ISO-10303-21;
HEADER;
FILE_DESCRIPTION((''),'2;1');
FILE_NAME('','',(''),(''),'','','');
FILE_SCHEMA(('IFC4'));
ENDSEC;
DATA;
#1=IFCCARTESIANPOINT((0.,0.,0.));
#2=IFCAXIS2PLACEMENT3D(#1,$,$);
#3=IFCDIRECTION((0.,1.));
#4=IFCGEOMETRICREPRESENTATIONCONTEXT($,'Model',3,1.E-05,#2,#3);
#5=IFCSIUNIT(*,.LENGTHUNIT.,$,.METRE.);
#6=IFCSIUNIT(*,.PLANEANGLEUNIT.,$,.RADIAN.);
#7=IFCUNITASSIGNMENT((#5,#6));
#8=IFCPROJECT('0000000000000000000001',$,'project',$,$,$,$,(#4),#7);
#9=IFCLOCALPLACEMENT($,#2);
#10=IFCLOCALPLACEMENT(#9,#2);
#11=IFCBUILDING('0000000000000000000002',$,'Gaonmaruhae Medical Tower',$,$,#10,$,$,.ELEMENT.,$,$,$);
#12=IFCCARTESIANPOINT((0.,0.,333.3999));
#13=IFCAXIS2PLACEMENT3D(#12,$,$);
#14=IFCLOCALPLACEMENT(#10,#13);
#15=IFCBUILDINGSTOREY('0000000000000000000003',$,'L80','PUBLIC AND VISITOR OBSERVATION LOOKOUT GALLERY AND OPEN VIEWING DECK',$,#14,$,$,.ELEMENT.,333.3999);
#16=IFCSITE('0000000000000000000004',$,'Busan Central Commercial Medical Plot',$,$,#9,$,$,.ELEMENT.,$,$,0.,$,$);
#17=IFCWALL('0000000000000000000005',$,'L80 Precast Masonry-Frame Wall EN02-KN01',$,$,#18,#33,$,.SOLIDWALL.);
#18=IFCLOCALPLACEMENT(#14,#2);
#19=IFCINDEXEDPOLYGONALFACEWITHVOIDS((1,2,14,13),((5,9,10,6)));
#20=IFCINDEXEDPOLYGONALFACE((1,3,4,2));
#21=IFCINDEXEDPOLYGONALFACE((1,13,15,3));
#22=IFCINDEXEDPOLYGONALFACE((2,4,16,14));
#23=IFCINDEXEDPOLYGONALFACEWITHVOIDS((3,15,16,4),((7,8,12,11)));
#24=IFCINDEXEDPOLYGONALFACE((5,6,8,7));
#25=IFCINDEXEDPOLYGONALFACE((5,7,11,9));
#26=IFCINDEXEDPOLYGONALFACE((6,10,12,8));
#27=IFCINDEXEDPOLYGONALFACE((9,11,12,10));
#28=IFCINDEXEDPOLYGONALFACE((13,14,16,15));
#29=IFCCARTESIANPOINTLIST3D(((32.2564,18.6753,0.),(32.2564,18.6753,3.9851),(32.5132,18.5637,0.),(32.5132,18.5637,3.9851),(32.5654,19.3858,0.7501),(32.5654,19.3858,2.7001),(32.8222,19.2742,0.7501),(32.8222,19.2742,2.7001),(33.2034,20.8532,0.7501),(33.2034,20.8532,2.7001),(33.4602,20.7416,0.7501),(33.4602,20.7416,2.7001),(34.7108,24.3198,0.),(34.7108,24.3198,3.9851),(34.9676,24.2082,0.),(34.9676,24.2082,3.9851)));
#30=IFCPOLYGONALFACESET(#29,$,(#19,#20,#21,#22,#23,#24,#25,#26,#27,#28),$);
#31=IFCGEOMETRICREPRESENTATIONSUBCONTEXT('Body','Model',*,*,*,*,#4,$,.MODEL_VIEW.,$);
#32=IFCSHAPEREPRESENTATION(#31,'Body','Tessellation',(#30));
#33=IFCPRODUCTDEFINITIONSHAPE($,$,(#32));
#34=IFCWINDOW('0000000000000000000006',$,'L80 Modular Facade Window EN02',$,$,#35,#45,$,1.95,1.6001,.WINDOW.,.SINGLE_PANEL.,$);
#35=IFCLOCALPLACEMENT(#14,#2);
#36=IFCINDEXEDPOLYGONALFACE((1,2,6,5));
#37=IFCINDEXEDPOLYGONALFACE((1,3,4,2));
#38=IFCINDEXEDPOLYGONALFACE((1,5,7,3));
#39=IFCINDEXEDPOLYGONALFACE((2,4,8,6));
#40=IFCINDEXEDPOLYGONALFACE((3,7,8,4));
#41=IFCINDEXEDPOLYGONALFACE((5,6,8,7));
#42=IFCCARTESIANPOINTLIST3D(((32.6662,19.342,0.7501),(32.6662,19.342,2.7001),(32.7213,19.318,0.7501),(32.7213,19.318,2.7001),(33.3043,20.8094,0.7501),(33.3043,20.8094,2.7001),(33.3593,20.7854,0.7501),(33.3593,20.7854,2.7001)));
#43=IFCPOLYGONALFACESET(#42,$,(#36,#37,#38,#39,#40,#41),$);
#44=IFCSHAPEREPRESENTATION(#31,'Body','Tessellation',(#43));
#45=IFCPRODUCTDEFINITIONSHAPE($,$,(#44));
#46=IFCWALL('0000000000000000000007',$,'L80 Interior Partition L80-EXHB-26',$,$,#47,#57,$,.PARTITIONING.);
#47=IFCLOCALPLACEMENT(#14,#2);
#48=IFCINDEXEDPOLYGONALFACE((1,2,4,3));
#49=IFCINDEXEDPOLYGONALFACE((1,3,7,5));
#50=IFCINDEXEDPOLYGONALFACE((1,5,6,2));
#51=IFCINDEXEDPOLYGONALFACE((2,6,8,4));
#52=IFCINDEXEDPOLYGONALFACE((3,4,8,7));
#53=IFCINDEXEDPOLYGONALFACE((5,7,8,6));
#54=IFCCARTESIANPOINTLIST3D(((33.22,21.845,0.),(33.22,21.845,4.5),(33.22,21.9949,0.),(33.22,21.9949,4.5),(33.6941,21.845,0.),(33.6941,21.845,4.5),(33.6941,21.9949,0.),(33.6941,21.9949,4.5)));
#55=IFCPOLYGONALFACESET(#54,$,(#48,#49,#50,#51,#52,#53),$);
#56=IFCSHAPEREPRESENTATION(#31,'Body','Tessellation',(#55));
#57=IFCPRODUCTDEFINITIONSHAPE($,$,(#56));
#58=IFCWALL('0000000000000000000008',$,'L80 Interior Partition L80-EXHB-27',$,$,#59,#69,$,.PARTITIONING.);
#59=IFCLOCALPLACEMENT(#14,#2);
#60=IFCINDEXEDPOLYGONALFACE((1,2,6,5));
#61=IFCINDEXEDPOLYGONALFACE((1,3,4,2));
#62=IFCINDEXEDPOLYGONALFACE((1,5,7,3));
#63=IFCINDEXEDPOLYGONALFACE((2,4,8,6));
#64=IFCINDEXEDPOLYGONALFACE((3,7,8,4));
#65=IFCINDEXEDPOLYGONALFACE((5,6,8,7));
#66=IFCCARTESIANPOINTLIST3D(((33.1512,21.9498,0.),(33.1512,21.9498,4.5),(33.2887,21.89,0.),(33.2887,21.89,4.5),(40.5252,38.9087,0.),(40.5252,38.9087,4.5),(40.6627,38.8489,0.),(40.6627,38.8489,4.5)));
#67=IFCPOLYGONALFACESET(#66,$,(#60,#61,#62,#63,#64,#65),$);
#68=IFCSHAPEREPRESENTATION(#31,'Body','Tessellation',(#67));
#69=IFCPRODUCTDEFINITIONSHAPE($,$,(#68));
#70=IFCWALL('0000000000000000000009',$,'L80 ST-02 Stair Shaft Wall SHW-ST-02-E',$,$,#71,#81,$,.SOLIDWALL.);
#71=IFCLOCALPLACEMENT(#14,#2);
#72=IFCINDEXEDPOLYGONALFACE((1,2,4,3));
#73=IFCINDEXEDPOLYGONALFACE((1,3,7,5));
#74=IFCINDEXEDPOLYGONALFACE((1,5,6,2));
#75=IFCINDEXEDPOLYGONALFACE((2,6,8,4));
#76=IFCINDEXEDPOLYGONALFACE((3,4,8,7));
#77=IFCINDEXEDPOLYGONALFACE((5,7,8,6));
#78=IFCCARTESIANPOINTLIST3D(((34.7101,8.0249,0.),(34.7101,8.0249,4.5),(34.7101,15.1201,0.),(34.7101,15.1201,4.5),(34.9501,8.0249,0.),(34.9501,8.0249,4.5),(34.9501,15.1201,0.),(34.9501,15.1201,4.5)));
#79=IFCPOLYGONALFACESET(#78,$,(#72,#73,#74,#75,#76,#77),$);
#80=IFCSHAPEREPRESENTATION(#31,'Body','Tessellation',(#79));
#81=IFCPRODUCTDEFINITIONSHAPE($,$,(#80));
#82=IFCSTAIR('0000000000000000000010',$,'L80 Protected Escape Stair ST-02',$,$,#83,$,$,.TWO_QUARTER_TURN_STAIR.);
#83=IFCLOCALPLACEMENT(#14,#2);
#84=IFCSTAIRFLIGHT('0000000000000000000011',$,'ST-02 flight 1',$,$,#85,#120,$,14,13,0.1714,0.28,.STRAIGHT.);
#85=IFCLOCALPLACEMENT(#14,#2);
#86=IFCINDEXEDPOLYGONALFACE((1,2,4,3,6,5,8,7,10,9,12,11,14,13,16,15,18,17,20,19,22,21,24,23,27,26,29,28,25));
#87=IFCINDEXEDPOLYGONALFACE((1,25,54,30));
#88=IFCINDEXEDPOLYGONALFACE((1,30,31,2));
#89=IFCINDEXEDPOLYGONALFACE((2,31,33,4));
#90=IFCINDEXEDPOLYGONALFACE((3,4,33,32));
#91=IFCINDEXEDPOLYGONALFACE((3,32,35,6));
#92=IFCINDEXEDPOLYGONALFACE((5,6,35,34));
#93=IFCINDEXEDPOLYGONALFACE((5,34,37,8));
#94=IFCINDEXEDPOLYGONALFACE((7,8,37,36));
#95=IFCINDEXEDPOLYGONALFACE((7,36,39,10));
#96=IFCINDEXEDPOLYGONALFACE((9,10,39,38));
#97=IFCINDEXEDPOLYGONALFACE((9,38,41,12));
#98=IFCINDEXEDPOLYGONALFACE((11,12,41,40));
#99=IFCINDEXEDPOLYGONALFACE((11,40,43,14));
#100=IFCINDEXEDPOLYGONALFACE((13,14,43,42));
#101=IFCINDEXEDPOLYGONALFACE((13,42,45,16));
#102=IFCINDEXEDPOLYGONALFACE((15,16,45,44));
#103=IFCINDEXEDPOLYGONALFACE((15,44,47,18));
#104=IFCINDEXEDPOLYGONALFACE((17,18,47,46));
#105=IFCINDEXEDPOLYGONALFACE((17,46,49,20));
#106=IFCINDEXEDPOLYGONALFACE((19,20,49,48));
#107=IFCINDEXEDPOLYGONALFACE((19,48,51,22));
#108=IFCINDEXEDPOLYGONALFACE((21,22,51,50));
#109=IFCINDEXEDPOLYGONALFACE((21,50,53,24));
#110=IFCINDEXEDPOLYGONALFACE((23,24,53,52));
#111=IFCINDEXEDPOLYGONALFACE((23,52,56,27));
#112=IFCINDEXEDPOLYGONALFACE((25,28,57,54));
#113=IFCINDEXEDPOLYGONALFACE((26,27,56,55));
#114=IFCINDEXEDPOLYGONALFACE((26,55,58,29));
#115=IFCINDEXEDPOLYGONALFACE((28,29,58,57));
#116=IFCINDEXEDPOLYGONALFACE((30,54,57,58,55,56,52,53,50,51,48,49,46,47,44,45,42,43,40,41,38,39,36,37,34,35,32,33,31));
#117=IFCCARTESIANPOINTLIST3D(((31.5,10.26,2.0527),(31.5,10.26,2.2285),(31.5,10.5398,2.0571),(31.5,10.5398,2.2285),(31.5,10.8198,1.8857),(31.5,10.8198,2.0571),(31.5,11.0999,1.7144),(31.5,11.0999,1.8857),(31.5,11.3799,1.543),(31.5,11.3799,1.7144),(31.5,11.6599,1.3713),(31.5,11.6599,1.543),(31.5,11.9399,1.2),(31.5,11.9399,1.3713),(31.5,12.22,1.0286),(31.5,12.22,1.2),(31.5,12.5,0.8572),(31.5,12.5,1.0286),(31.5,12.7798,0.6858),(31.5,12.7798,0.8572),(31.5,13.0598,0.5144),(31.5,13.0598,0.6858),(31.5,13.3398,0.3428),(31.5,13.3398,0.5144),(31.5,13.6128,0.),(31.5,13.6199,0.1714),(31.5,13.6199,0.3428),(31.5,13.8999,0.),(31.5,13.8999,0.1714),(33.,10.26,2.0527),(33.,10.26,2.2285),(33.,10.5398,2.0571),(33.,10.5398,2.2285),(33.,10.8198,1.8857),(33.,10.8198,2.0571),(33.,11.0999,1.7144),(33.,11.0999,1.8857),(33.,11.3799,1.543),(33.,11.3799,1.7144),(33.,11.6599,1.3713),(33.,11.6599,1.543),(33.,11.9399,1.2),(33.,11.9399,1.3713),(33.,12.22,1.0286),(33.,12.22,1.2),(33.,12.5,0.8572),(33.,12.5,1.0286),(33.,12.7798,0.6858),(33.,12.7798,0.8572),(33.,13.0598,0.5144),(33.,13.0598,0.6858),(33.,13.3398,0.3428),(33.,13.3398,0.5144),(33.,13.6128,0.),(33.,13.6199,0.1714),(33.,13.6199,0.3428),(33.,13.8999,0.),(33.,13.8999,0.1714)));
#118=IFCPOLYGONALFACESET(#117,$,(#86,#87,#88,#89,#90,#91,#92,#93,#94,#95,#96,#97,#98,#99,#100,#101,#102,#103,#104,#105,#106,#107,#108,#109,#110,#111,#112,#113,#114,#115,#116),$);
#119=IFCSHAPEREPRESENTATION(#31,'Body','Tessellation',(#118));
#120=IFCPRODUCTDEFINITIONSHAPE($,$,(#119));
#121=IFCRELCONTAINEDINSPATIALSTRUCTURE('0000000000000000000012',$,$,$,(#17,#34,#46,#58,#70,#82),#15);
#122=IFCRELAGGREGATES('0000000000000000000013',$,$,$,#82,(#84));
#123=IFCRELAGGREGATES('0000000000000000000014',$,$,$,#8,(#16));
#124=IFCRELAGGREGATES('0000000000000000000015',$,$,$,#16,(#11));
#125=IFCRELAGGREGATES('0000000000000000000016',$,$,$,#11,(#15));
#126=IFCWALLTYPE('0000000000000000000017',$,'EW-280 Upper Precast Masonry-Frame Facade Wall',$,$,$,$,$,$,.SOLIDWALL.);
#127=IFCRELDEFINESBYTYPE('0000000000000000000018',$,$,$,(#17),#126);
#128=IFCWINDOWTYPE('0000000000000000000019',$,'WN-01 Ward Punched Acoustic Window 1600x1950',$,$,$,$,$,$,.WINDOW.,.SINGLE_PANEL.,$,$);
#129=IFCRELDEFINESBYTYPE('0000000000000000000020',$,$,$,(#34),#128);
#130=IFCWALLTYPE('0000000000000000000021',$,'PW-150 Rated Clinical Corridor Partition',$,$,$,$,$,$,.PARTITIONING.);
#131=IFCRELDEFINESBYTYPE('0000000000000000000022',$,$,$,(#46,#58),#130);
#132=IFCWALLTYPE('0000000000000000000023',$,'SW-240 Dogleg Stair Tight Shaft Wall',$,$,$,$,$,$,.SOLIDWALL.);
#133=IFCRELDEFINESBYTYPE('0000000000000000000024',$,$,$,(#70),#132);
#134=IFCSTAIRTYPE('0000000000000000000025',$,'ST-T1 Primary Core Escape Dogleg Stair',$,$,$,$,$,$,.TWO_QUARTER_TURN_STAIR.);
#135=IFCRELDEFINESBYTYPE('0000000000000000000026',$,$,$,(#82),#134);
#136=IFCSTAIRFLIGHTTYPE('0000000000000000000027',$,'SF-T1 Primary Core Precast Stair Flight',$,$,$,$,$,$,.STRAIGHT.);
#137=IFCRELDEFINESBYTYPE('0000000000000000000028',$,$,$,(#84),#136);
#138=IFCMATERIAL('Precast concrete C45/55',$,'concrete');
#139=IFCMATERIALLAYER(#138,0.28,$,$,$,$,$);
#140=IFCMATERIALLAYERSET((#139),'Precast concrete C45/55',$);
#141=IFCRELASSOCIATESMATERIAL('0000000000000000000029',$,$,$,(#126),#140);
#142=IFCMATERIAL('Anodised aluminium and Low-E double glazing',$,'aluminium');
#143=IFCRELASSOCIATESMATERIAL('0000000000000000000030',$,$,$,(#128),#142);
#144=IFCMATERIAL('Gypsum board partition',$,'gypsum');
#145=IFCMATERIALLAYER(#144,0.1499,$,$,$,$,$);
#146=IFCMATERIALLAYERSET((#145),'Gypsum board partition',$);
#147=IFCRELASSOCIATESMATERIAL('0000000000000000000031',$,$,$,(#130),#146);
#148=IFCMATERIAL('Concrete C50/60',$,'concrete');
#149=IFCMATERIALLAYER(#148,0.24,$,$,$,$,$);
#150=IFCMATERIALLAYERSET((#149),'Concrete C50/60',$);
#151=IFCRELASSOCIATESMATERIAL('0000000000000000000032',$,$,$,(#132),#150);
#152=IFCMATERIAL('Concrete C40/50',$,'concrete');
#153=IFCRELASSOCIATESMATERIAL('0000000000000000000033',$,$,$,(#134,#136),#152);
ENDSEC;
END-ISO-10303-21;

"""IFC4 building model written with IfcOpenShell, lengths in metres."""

from ifc_helpers import new_model, si_unit, direction, frame, frame_2d, origin, place, context, subcontext, project, spatial, polyline, rectangle, outline, extrude, material, layer, layer_set, type_object, element, fill, aggregate, save


model = new_model("IFC4")

# Units and contexts
model_context = context("Model", 3, precision=1e-05, world=origin(), true_north=direction((0.0, 1.0)))
body_context = subcontext(model_context, "Body", "Model", "MODEL_VIEW")
ifc_project = project(units=[si_unit("LENGTHUNIT", "METRE"), si_unit("PLANEANGLEUNIT", "RADIAN")], contexts=[model_context])

# Site, building, storey
site_placement = place(None, origin())
site = spatial("IfcSite", under=ifc_project, at=site_placement, Name="Busan Central Commercial Medical Plot", CompositionType="ELEMENT", RefElevation=0.0)
building_placement = place(site_placement, origin())
building = spatial("IfcBuilding", under=site, at=building_placement, Name="Gaonmaruhae Medical Tower", CompositionType="ELEMENT")
storey_placement = place(building_placement, frame((0.0, 0.0, 333.3999)))
storey = spatial("IfcBuildingStorey", under=building, at=storey_placement, Name="L80", Description="PUBLIC AND VISITOR OBSERVATION LOOKOUT GALLERY AND OPEN VIEWING DECK", CompositionType="ELEMENT", Elevation=333.3999)

# Shared definitions
ifc_material_1 = material(Name="Concrete C50/60", Category="concrete")

# Shared definitions
ifc_material_2 = material(Name="Precast concrete C45/55", Category="concrete")
ifc_layer_1 = layer(ifc_material_2, 0.28)
ifc_layer_set_1 = layer_set([ifc_layer_1], Name="Precast concrete C45/55")
wall_type_1 = type_object("IfcWallType", Name="EW-280 Upper Precast Masonry-Frame Facade Wall", PredefinedType="SOLIDWALL", material=ifc_layer_set_1)
ifc_material_3 = material(Name="Anodised aluminium and Low-E double glazing", Category="aluminium")

# Wall, opening, window
wall_1_placement = place(storey_placement, frame((32.3848, 18.6194, 0.0), z_axis=(0.0, 0.0, 1.0), x_axis=(0.398754, 0.917058, 0.0)))
wall_1 = element("IfcWall", 1, at=wall_1_placement, inside=storey, type_object=wall_type_1, Name="L80 Precast Masonry-Frame Wall EN02-KN01", PredefinedType="SOLIDWALL", context=body_context, shape_type="SweptSolid", body=[
    extrude(rectangle(XDim=6.155, YDim=0.28, at=frame_2d((3.0776, 0.0))), origin(), (0.0, 0.0, 1.0), 3.9851),
])
opening_1_placement = place(wall_1_placement, frame((0.7749, 0.0, 0.75)))
opening_1 = element("IfcOpeningElement", 2, at=opening_1_placement, cuts=wall_1, PredefinedType="OPENING", context=body_context, shape_type="SweptSolid", body=[
    extrude(rectangle(XDim=1.6001, YDim=1.95, at=frame_2d((0.8, 0.9751))), frame((0.0, 0.1499, 0.0), z_axis=(0.0, -1.0, 0.0), x_axis=(1.0, 0.0, 0.0)), (0.0, 0.0, 1.0), 0.3),
])
window_type_1 = type_object("IfcWindowType", Name="WN-01 Ward Punched Acoustic Window 1600x1950", PartitioningType="SINGLE_PANEL", PredefinedType="WINDOW", material=ifc_material_3)
window_1_placement = place(opening_1_placement, origin())
window_1 = element("IfcWindow", 3, at=window_1_placement, inside=storey, type_object=window_type_1, Name="L80 Modular Facade Window EN02", OverallHeight=1.95, OverallWidth=1.6001, PartitioningType="SINGLE_PANEL", PredefinedType="WINDOW", context=body_context, shape_type="SweptSolid", body=[
    extrude(rectangle(XDim=1.6001, YDim=1.95, at=frame_2d((0.8, 0.9751))), frame((0.0, 0.03, 0.0), z_axis=(0.0, -1.0, 0.0), x_axis=(1.0, 0.0, 0.0)), (0.0, 0.0, 1.0), 0.0601),
])
fill(opening_1, window_1)

# Walls
ifc_material_4 = material(Name="Gypsum board partition", Category="gypsum")
ifc_layer_2 = layer(ifc_material_4, 0.1499)
ifc_layer_set_2 = layer_set([ifc_layer_2], Name="Gypsum board partition")
wall_type_2 = type_object("IfcWallType", Name="PW-150 Rated Clinical Corridor Partition", PredefinedType="PARTITIONING", material=ifc_layer_set_2)
wall_2_placement = place(storey_placement, frame((33.6941, 21.9199, 0.0), z_axis=(0.0, 0.0, 1.0), x_axis=(-1.0, 0.0, 0.0)))
element("IfcWall", 4, at=wall_2_placement, inside=storey, type_object=wall_type_2, Name="L80 Interior Partition L80-EXHB-26", PredefinedType="PARTITIONING", context=body_context, shape_type="SweptSolid", body=[
    extrude(rectangle(XDim=0.4741, YDim=0.1499, at=frame_2d((0.2371, 0.0))), origin(), (0.0, 0.0, 1.0), 4.5),
])
wall_3_placement = place(storey_placement, frame((33.22, 21.9199, 0.0), z_axis=(0.0, 0.0, 1.0), x_axis=(0.398751, 0.917059, 0.0)))
element("IfcWall", 5, at=wall_3_placement, inside=storey, type_object=wall_type_2, Name="L80 Interior Partition L80-EXHB-27", PredefinedType="PARTITIONING", context=body_context, shape_type="SweptSolid", body=[
    extrude(rectangle(XDim=18.4927, YDim=0.1499, at=frame_2d((9.2463, 0.0))), origin(), (0.0, 0.0, 1.0), 4.5),
])

# Shared definitions
ifc_layer_3 = layer(ifc_material_1, 0.24)
ifc_layer_set_3 = layer_set([ifc_layer_3], Name="Concrete C50/60")
wall_type_3 = type_object("IfcWallType", Name="SW-240 Dogleg Stair Tight Shaft Wall", PredefinedType="SOLIDWALL", material=ifc_layer_set_3)

# Wall
wall_4_placement = place(storey_placement, frame((34.8301, 15.1201, 0.0), z_axis=(0.0, 0.0, 1.0), x_axis=(0.0, -1.0, 0.0)))
element("IfcWall", 6, at=wall_4_placement, inside=storey, type_object=wall_type_3, Name="L80 ST-02 Stair Shaft Wall SHW-ST-02-E", PredefinedType="SOLIDWALL", context=body_context, shape_type="SweptSolid", body=[
    extrude(rectangle(XDim=7.0952, YDim=0.24, at=frame_2d((3.5476, 0.0))), origin(), (0.0, 0.0, 1.0), 4.5),
])

# Stair, stair flight
ifc_material_5 = material(Name="Concrete C40/50", Category="concrete")
stair_type = type_object("IfcStairType", Name="ST-T1 Primary Core Escape Dogleg Stair", PredefinedType="TWO_QUARTER_TURN_STAIR", material=ifc_material_5)
stair_placement = place(storey_placement, origin())
stair = element("IfcStair", 7, at=stair_placement, inside=storey, type_object=stair_type, Name="L80 Protected Escape Stair ST-02", PredefinedType="TWO_QUARTER_TURN_STAIR")
stair_flight_type = type_object("IfcStairFlightType", Name="SF-T1 Primary Core Precast Stair Flight", PredefinedType="STRAIGHT", material=ifc_material_5)
stair_flight_placement = place(storey_placement, frame((32.25, 13.8999, 0.0), z_axis=(0.0, 0.0, 1.0), x_axis=(0.0, -1.0, 0.0)))
stair_flight = element("IfcStairFlight", 8, at=stair_flight_placement, type_object=stair_flight_type, Name="ST-02 flight 1", NumberOfRisers=14, NumberOfTreads=13, PredefinedType="STRAIGHT", RiserHeight=0.1714, TreadLength=0.28, context=body_context, shape_type="SweptSolid", body=[
    extrude(outline(polyline([(0.0, 0.0), (0.0, 0.1714), (0.28, 0.1714), (0.28, 0.3428), (0.5601, 0.3428), (0.5601, 0.5144), (0.8401, 0.5144), (0.8401, 0.6858), (1.1201, 0.6858), (1.1201, 0.8572), (1.3999, 0.8572), (1.3999, 1.0286), (1.6799, 1.0286), (1.6799, 1.2), (1.96, 1.2), (1.96, 1.3713), (2.24, 1.3713), (2.24, 1.543), (2.52, 1.543), (2.52, 1.7144), (2.8, 1.7144), (2.8, 1.8857), (3.0801, 1.8857), (3.0801, 2.0571), (3.3601, 2.0571), (3.3601, 2.2285), (3.6399, 2.2285), (3.6399, 2.3999), (3.6399, 2.0527), (0.2871, 0.0), (0.0, 0.0)])), frame((0.0, 0.75, 0.0), z_axis=(0.0, -1.0, 0.0), x_axis=(1.0, 0.0, 0.0)), (0.0, 0.0, 1.0), 1.5),
])
aggregate(stair, [stair_flight])

save(model, "model.ifc")
